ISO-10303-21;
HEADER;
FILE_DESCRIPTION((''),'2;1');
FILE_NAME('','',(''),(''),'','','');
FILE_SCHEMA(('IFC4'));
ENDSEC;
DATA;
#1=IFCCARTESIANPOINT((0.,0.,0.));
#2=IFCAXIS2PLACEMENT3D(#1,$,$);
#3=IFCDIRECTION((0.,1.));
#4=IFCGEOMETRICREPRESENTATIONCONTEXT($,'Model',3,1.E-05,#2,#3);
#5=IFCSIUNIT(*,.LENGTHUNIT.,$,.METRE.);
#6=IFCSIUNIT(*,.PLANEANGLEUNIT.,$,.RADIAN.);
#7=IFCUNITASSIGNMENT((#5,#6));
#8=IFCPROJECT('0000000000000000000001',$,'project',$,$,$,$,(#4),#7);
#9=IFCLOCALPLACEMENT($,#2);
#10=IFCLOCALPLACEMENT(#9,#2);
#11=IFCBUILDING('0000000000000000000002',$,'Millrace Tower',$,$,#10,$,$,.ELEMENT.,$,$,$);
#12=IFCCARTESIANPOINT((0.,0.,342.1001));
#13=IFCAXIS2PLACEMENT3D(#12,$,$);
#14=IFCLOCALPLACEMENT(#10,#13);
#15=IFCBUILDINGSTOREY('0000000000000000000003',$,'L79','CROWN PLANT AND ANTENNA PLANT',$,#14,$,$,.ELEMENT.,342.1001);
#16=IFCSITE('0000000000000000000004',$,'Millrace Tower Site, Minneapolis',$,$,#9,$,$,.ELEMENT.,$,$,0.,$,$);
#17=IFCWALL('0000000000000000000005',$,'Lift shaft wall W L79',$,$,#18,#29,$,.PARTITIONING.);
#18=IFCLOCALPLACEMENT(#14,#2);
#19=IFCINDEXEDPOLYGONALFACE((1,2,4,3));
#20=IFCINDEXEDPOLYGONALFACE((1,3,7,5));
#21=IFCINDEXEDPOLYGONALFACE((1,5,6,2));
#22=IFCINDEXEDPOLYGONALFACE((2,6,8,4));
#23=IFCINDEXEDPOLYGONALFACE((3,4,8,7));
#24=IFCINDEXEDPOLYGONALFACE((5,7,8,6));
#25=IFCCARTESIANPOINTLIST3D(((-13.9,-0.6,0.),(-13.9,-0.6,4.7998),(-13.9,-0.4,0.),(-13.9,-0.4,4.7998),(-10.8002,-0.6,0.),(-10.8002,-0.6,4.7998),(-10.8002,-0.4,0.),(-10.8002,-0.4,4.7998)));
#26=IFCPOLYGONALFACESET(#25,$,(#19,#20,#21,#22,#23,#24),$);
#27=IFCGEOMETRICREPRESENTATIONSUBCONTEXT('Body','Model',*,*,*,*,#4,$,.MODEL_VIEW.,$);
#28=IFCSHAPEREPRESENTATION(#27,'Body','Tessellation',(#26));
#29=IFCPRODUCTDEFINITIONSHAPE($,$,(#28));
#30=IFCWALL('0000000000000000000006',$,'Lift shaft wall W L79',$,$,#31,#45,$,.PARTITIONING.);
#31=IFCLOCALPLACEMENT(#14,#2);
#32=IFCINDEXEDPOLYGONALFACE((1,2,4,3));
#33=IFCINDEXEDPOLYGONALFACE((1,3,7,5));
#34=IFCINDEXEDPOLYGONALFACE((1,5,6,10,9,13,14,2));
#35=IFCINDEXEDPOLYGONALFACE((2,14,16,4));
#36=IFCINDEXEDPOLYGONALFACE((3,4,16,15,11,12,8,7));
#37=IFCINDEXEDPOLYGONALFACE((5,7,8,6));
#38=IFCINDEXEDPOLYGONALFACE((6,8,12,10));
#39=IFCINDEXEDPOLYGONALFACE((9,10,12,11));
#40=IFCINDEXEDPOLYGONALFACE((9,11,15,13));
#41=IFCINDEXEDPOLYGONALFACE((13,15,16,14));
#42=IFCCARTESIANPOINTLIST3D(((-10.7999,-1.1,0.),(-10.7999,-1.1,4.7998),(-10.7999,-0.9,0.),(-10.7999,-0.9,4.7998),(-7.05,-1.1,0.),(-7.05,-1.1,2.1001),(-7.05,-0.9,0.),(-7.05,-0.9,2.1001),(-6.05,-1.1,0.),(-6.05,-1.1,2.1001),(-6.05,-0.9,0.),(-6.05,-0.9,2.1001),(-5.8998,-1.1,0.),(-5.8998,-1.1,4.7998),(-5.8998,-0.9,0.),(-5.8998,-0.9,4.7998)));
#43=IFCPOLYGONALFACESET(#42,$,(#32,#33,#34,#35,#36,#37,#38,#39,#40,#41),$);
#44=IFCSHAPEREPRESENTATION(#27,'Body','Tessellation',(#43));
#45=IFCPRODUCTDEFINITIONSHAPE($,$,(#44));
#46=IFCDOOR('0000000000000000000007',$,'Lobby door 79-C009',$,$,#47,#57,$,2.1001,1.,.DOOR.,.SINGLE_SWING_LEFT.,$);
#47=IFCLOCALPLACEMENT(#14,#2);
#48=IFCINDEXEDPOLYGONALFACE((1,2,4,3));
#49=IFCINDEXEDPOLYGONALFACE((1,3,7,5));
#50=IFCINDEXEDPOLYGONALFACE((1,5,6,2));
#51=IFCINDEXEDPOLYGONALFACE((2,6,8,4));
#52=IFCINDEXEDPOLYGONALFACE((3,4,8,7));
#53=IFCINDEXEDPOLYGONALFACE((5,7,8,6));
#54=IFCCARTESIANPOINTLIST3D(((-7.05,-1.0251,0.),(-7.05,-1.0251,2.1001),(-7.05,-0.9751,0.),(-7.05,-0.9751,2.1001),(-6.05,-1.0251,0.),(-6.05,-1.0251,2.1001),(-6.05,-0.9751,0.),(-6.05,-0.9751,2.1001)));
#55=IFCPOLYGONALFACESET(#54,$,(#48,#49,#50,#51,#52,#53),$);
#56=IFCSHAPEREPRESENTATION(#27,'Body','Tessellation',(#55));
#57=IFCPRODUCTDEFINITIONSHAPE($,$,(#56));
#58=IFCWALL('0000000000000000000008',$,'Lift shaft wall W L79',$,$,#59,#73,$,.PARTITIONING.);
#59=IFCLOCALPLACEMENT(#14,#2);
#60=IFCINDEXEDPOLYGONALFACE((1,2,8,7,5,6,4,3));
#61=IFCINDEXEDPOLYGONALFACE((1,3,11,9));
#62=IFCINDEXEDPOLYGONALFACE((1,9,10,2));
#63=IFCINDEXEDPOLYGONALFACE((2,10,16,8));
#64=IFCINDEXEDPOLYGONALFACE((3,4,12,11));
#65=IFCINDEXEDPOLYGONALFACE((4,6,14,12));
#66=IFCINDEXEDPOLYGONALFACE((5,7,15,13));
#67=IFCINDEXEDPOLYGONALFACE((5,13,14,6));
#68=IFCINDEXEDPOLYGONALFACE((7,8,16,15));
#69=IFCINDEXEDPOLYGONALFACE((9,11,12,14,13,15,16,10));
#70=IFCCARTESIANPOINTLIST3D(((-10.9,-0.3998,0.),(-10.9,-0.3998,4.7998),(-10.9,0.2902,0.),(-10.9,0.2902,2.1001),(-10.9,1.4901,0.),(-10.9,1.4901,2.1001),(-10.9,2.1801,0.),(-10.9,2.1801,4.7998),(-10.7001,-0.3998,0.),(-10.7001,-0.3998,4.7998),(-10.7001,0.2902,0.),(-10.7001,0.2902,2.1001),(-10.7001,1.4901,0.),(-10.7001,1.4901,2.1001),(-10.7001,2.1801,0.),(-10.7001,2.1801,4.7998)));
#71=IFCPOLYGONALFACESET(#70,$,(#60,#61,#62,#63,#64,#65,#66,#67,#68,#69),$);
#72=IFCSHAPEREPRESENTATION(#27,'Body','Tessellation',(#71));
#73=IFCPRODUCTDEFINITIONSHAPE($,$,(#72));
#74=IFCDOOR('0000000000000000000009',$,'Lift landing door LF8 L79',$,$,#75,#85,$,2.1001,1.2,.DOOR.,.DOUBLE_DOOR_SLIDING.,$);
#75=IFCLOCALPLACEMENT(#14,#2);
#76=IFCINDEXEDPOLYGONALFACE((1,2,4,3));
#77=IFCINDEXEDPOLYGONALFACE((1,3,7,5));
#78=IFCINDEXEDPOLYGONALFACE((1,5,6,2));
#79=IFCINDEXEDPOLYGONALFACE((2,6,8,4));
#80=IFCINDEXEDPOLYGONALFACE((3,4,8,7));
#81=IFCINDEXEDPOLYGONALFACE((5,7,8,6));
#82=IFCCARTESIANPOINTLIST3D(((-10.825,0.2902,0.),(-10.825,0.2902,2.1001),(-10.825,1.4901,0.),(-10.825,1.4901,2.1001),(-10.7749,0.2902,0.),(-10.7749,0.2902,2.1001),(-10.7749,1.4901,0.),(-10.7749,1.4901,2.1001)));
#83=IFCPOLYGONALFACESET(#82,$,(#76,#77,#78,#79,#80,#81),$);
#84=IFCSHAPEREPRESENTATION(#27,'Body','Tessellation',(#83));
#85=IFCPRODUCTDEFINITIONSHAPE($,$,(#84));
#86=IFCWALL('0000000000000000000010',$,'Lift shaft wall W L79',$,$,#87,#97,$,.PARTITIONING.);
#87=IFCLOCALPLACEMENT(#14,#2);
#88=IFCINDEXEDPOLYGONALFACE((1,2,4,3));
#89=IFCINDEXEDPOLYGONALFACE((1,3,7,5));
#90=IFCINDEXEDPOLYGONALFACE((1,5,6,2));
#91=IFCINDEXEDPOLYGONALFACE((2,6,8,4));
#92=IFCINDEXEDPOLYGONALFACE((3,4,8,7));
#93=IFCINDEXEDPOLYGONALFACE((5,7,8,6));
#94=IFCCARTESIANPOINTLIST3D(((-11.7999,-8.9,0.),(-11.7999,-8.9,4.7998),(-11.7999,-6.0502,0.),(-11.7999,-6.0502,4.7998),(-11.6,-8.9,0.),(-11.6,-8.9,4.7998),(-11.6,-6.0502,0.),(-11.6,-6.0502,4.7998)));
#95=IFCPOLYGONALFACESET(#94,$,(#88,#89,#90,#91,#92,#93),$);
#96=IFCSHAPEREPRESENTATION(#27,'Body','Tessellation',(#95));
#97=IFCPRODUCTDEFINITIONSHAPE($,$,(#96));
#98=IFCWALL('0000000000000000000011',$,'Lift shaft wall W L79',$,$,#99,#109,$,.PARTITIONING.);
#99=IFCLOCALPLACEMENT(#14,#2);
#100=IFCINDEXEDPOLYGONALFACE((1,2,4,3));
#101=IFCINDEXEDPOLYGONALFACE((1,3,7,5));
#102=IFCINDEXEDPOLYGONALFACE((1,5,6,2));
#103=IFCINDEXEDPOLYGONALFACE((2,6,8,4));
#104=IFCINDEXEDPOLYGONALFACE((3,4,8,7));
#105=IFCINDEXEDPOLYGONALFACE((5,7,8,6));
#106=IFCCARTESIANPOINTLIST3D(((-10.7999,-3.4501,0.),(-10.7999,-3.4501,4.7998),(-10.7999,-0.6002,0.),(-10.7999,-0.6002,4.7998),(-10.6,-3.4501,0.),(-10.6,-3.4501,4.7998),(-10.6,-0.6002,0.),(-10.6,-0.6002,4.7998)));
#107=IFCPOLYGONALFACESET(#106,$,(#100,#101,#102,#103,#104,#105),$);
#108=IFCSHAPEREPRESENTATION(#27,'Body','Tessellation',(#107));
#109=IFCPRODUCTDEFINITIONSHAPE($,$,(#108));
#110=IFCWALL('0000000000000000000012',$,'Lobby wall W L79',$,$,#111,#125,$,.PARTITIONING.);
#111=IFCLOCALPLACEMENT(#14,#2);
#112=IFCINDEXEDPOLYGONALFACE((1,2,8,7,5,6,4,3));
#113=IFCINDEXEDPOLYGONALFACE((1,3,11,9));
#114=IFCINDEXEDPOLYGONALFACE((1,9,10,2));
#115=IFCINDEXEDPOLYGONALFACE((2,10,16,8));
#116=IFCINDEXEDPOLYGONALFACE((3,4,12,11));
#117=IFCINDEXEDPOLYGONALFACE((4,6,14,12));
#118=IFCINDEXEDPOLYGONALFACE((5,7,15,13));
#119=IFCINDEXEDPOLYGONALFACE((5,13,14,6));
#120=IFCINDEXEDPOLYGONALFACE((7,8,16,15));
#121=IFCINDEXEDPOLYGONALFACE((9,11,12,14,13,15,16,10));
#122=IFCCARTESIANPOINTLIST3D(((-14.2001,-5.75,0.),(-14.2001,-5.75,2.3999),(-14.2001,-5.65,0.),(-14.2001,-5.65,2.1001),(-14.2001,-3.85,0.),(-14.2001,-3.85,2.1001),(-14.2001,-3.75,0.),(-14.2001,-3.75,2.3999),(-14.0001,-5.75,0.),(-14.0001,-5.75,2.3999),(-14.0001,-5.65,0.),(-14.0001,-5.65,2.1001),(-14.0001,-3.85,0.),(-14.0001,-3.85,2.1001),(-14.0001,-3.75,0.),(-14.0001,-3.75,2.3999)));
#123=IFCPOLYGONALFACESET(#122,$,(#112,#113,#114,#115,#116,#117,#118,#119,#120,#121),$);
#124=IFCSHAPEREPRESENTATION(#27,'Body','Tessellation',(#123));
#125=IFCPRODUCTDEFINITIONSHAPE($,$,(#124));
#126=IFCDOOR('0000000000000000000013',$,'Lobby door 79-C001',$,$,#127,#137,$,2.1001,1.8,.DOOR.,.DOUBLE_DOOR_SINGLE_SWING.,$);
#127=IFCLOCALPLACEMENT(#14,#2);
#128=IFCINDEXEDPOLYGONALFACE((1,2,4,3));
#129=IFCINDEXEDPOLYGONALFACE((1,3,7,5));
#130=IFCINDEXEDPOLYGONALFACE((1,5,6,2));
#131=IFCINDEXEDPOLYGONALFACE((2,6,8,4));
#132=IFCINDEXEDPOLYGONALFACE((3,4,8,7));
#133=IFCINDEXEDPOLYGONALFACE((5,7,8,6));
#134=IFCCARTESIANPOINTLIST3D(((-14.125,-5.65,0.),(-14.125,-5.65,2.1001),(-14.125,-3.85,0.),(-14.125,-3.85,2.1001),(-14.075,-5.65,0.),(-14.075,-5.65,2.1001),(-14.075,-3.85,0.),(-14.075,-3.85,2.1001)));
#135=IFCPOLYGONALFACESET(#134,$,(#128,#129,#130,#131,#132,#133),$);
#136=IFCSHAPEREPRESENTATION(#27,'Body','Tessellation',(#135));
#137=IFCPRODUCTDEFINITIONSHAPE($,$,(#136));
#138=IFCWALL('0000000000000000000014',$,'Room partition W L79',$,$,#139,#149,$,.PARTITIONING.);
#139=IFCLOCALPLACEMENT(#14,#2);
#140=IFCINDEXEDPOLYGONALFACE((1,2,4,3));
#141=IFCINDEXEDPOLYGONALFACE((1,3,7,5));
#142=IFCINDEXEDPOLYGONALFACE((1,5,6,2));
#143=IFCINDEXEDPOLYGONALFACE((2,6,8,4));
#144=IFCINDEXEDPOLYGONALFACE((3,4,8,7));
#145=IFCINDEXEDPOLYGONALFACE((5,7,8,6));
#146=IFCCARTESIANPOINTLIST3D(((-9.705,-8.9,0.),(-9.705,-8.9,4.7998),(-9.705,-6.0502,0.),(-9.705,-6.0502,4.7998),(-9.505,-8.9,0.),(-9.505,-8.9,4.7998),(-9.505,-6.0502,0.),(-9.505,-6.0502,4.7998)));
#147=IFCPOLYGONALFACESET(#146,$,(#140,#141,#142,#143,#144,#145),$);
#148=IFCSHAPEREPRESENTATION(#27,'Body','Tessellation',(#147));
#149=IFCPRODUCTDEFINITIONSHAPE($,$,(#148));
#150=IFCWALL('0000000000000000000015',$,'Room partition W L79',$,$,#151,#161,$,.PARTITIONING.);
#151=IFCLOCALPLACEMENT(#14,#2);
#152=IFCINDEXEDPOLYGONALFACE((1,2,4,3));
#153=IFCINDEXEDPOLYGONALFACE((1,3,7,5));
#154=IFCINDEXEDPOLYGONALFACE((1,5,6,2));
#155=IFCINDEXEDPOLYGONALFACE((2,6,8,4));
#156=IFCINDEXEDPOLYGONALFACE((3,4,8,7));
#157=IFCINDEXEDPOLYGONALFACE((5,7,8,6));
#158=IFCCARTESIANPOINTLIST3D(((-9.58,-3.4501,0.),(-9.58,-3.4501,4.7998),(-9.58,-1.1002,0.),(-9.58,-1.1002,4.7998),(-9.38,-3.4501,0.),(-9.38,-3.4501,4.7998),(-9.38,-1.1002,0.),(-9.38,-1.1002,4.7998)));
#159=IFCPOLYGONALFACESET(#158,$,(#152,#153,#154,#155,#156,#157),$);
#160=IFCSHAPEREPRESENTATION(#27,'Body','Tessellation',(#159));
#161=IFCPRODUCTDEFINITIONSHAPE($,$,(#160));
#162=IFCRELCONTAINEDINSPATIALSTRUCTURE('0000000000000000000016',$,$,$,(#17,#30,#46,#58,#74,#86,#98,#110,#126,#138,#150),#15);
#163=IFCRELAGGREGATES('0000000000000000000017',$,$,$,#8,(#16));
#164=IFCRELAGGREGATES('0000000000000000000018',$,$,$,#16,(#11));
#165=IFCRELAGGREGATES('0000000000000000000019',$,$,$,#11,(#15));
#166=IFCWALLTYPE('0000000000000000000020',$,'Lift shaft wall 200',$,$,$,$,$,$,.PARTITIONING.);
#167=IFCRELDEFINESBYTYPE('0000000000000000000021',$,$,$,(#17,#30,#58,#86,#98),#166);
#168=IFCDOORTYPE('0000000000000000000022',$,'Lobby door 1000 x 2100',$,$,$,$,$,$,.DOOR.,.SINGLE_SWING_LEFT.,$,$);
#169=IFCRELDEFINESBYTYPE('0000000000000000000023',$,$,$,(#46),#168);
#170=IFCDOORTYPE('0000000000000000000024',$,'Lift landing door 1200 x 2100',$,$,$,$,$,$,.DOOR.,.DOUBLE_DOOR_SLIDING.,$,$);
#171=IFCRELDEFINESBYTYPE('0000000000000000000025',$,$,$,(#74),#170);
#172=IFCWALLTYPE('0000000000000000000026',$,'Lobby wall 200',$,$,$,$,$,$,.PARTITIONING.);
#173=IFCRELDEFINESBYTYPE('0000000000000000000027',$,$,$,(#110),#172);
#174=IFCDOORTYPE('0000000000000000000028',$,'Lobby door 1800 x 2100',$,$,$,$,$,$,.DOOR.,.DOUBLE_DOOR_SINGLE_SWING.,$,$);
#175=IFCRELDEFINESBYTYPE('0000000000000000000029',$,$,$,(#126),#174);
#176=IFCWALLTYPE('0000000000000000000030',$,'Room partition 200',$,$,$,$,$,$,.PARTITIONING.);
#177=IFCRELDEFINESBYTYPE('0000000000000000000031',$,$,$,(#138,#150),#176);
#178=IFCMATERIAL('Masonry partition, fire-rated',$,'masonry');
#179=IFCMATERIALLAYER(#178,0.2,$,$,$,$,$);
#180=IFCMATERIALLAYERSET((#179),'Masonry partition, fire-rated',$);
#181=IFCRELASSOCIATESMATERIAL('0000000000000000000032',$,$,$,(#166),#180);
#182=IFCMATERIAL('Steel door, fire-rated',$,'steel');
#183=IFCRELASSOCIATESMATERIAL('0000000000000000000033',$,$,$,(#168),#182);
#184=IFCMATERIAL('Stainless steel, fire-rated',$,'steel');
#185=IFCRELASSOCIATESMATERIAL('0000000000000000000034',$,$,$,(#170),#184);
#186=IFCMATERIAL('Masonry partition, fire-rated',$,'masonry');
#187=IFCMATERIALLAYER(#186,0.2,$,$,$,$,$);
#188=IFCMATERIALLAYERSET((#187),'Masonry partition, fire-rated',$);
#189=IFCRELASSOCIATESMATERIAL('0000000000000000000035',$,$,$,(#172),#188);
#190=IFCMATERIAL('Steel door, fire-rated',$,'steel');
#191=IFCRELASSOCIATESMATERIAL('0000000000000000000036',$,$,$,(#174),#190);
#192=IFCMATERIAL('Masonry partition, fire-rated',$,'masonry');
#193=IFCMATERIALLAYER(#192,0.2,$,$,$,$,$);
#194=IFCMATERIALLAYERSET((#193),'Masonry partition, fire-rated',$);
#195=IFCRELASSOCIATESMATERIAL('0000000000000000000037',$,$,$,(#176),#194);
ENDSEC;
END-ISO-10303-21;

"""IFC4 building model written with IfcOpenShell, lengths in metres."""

from ifc_helpers import new_model, si_unit, direction, frame, frame_2d, origin, place, context, subcontext, project, spatial, rectangle, extrude, material, layer, layer_set, type_object, element, fill, save


model = new_model("IFC4")

# Units and contexts
model_context = context("Model", 3, precision=1e-05, world=origin(), true_north=direction((0.0, 1.0)))
body_context = subcontext(model_context, "Body", "Model", "MODEL_VIEW")
ifc_project = project(units=[si_unit("LENGTHUNIT", "METRE"), si_unit("PLANEANGLEUNIT", "RADIAN")], contexts=[model_context])

# Site, building, storey
site_placement = place(None, origin())
site = spatial("IfcSite", under=ifc_project, at=site_placement, Name="Millrace Tower Site, Minneapolis", CompositionType="ELEMENT", RefElevation=0.0)
building_placement = place(site_placement, origin())
building = spatial("IfcBuilding", under=site, at=building_placement, Name="Millrace Tower", CompositionType="ELEMENT")
storey_placement = place(building_placement, frame((0.0, 0.0, 342.1001)))
storey = spatial("IfcBuildingStorey", under=building, at=storey_placement, Name="L79", Description="CROWN PLANT AND ANTENNA PLANT", CompositionType="ELEMENT", Elevation=342.1001)

# Shared definitions
ifc_material_1 = material(Name="Masonry partition, fire-rated", Category="masonry")
ifc_layer_1 = layer(ifc_material_1, 0.2)
ifc_layer_set_1 = layer_set([ifc_layer_1], Name="Masonry partition, fire-rated")
wall_type_1 = type_object("IfcWallType", Name="Lift shaft wall 200", PredefinedType="PARTITIONING", material=ifc_layer_set_1)
ifc_material_2 = material(Name="Steel door, fire-rated", Category="steel")
door_type_1 = type_object("IfcDoorType", Name="Lobby door 1000 x 2100", OperationType="SINGLE_SWING_LEFT", PredefinedType="DOOR", material=ifc_material_2)

# Wall
wall_1_placement = place(storey_placement, frame((-13.8999, -0.5, 0.0), z_axis=(0.0, 0.0, 1.0), x_axis=(1.0, 0.0, 0.0)))
element("IfcWall", 1, at=wall_1_placement, inside=storey, type_object=wall_type_1, Name="Lift shaft wall W L79", PredefinedType="PARTITIONING", context=body_context, shape_type="SweptSolid", body=[
    extrude(rectangle(XDim=3.0999, YDim=0.2, at=frame_2d((1.5498, 0.0))), origin(), (0.0, 0.0, 1.0), 4.7998),
])

# Walls, openings, doors
wall_2_placement = place(storey_placement, frame((-10.8, -1.0, 0.0), z_axis=(0.0, 0.0, 1.0), x_axis=(1.0, 0.0, 0.0)))
wall_2 = element("IfcWall", 2, at=wall_2_placement, inside=storey, type_object=wall_type_1, Name="Lift shaft wall W L79", PredefinedType="PARTITIONING", context=body_context, shape_type="SweptSolid", body=[
    extrude(rectangle(XDim=4.9001, YDim=0.2, at=frame_2d((2.4502, 0.0))), origin(), (0.0, 0.0, 1.0), 4.7998),
])
opening_1_placement = place(wall_2_placement, frame((3.75, 0.0, 0.0)))
opening_1 = element("IfcOpeningElement", 3, at=opening_1_placement, cuts=wall_2, PredefinedType="OPENING", context=body_context, shape_type="SweptSolid", body=[
    extrude(rectangle(XDim=1.0, YDim=2.1001, at=frame_2d((0.5, 1.05))), frame((0.0, 0.1099, 0.0), z_axis=(0.0, -1.0, 0.0), x_axis=(1.0, 0.0, 0.0)), (0.0, 0.0, 1.0), 0.22),
])
door_1_placement = place(opening_1_placement, origin())
door_1 = element("IfcDoor", 4, at=door_1_placement, inside=storey, type_object=door_type_1, Name="Lobby door 79-C009", OperationType="SINGLE_SWING_LEFT", OverallHeight=2.1001, OverallWidth=1.0, PredefinedType="DOOR", context=body_context, shape_type="SweptSolid", body=[
    extrude(rectangle(XDim=1.0, YDim=2.1001, at=frame_2d((0.5, 1.05))), frame((0.0, 0.0249, 0.0), z_axis=(0.0, -1.0, 0.0), x_axis=(1.0, 0.0, 0.0)), (0.0, 0.0, 1.0), 0.05),
])
fill(opening_1, door_1)
wall_3_placement = place(storey_placement, frame((-10.8, -0.3999, 0.0), z_axis=(0.0, 0.0, 1.0), x_axis=(0.0, 1.0, 0.0)))
wall_3 = element("IfcWall", 5, at=wall_3_placement, inside=storey, type_object=wall_type_1, Name="Lift shaft wall W L79", PredefinedType="PARTITIONING", context=body_context, shape_type="SweptSolid", body=[
    extrude(rectangle(XDim=2.5798, YDim=0.2, at=frame_2d((1.29, 0.0))), origin(), (0.0, 0.0, 1.0), 4.7998),
])
opening_2_placement = place(wall_3_placement, frame((0.6899, 0.0, 0.0)))
opening_2 = element("IfcOpeningElement", 6, at=opening_2_placement, cuts=wall_3, PredefinedType="OPENING", context=body_context, shape_type="SweptSolid", body=[
    extrude(rectangle(XDim=1.2, YDim=2.1001, at=frame_2d((0.6001, 1.05))), frame((0.0, 0.1099, 0.0), z_axis=(0.0, -1.0, 0.0), x_axis=(1.0, 0.0, 0.0)), (0.0, 0.0, 1.0), 0.22),
])
ifc_material_3 = material(Name="Stainless steel, fire-rated", Category="steel")
door_type_2 = type_object("IfcDoorType", Name="Lift landing door 1200 x 2100", OperationType="DOUBLE_DOOR_SLIDING", PredefinedType="DOOR", material=ifc_material_3)
door_2_placement = place(opening_2_placement, origin())
door_2 = element("IfcDoor", 7, at=door_2_placement, inside=storey, type_object=door_type_2, Name="Lift landing door LF8 L79", OperationType="DOUBLE_DOOR_SLIDING", OverallHeight=2.1001, OverallWidth=1.2, PredefinedType="DOOR", context=body_context, shape_type="SweptSolid", body=[
    extrude(rectangle(XDim=1.2, YDim=2.1001, at=frame_2d((0.6001, 1.05))), frame((0.0, 0.0249, 0.0), z_axis=(0.0, -1.0, 0.0), x_axis=(1.0, 0.0, 0.0)), (0.0, 0.0, 1.0), 0.05),
])
fill(opening_2, door_2)

# Walls
for number, where, z_axis, x_axis, name in (
    (8, (-11.7, -8.8999, 0.0), (0.0, 0.0, 1.0), (0.0, 1.0, 0.0), "Lift shaft wall W L79"),
    (9, (-10.7, -3.45, 0.0), (0.0, 0.0, 1.0), (0.0, 1.0, 0.0), "Lift shaft wall W L79"),
):
    element("IfcWall", number, at=place(storey_placement, frame(where, z_axis=z_axis, x_axis=x_axis)), inside=storey, type_object=wall_type_1, Name=name, PredefinedType="PARTITIONING", context=body_context, shape_type="SweptSolid", body=[
        extrude(rectangle(XDim=2.8499, YDim=0.2, at=frame_2d((1.4248, 0.0))), origin(), (0.0, 0.0, 1.0), 4.7998),
    ])

# Wall, opening, door
ifc_material_4 = material(Name="Masonry partition, fire-rated", Category="masonry")
ifc_layer_2 = layer(ifc_material_4, 0.2)
ifc_layer_set_2 = layer_set([ifc_layer_2], Name="Masonry partition, fire-rated")
wall_type_2 = type_object("IfcWallType", Name="Lobby wall 200", PredefinedType="PARTITIONING", material=ifc_layer_set_2)
wall_4_placement = place(storey_placement, frame((-14.1001, -5.75, 0.0), z_axis=(0.0, 0.0, 1.0), x_axis=(0.0, 1.0, 0.0)))
wall_4 = element("IfcWall", 10, at=wall_4_placement, inside=storey, type_object=wall_type_2, Name="Lobby wall W L79", PredefinedType="PARTITIONING", context=body_context, shape_type="SweptSolid", body=[
    extrude(rectangle(XDim=2.0, YDim=0.2, at=frame_2d((1.0, 0.0))), origin(), (0.0, 0.0, 1.0), 2.3999),
])
opening_3_placement = place(wall_4_placement, frame((0.1001, 0.0, 0.0)))
opening_3 = element("IfcOpeningElement", 11, at=opening_3_placement, cuts=wall_4, PredefinedType="OPENING", context=body_context, shape_type="SweptSolid", body=[
    extrude(rectangle(XDim=1.8, YDim=2.1001, at=frame_2d((0.8999, 1.05))), frame((0.0, 0.1099, 0.0), z_axis=(0.0, -1.0, 0.0), x_axis=(1.0, 0.0, 0.0)), (0.0, 0.0, 1.0), 0.22),
])
ifc_material_5 = material(Name="Steel door, fire-rated", Category="steel")
door_type_3 = type_object("IfcDoorType", Name="Lobby door 1800 x 2100", OperationType="DOUBLE_DOOR_SINGLE_SWING", PredefinedType="DOOR", material=ifc_material_5)
door_3_placement = place(opening_3_placement, origin())
door_3 = element("IfcDoor", 12, at=door_3_placement, inside=storey, type_object=door_type_3, Name="Lobby door 79-C001", OperationType="DOUBLE_DOOR_SINGLE_SWING", OverallHeight=2.1001, OverallWidth=1.8, PredefinedType="DOOR", context=body_context, shape_type="SweptSolid", body=[
    extrude(rectangle(XDim=1.8, YDim=2.1001, at=frame_2d((0.8999, 1.05))), frame((0.0, 0.0249, 0.0), z_axis=(0.0, -1.0, 0.0), x_axis=(1.0, 0.0, 0.0)), (0.0, 0.0, 1.0), 0.05),
])
fill(opening_3, door_3)

# Walls
ifc_material_6 = material(Name="Masonry partition, fire-rated", Category="masonry")
ifc_layer_3 = layer(ifc_material_6, 0.2)
ifc_layer_set_3 = layer_set([ifc_layer_3], Name="Masonry partition, fire-rated")
wall_type_3 = type_object("IfcWallType", Name="Room partition 200", PredefinedType="PARTITIONING", material=ifc_layer_set_3)
wall_5_placement = place(storey_placement, frame((-9.605, -8.8999, 0.0), z_axis=(0.0, 0.0, 1.0), x_axis=(0.0, 1.0, 0.0)))
element("IfcWall", 13, at=wall_5_placement, inside=storey, type_object=wall_type_3, Name="Room partition W L79", PredefinedType="PARTITIONING", context=body_context, shape_type="SweptSolid", body=[
    extrude(rectangle(XDim=2.8499, YDim=0.2, at=frame_2d((1.4248, 0.0))), origin(), (0.0, 0.0, 1.0), 4.7998),
])
wall_6_placement = place(storey_placement, frame((-9.48, -3.45, 0.0), z_axis=(0.0, 0.0, 1.0), x_axis=(0.0, 1.0, 0.0)))
element("IfcWall", 14, at=wall_6_placement, inside=storey, type_object=wall_type_3, Name="Room partition W L79", PredefinedType="PARTITIONING", context=body_context, shape_type="SweptSolid", body=[
    extrude(rectangle(XDim=2.3499, YDim=0.2, at=frame_2d((1.1748, 0.0))), origin(), (0.0, 0.0, 1.0), 4.7998),
])

save(model, "model.ifc")
